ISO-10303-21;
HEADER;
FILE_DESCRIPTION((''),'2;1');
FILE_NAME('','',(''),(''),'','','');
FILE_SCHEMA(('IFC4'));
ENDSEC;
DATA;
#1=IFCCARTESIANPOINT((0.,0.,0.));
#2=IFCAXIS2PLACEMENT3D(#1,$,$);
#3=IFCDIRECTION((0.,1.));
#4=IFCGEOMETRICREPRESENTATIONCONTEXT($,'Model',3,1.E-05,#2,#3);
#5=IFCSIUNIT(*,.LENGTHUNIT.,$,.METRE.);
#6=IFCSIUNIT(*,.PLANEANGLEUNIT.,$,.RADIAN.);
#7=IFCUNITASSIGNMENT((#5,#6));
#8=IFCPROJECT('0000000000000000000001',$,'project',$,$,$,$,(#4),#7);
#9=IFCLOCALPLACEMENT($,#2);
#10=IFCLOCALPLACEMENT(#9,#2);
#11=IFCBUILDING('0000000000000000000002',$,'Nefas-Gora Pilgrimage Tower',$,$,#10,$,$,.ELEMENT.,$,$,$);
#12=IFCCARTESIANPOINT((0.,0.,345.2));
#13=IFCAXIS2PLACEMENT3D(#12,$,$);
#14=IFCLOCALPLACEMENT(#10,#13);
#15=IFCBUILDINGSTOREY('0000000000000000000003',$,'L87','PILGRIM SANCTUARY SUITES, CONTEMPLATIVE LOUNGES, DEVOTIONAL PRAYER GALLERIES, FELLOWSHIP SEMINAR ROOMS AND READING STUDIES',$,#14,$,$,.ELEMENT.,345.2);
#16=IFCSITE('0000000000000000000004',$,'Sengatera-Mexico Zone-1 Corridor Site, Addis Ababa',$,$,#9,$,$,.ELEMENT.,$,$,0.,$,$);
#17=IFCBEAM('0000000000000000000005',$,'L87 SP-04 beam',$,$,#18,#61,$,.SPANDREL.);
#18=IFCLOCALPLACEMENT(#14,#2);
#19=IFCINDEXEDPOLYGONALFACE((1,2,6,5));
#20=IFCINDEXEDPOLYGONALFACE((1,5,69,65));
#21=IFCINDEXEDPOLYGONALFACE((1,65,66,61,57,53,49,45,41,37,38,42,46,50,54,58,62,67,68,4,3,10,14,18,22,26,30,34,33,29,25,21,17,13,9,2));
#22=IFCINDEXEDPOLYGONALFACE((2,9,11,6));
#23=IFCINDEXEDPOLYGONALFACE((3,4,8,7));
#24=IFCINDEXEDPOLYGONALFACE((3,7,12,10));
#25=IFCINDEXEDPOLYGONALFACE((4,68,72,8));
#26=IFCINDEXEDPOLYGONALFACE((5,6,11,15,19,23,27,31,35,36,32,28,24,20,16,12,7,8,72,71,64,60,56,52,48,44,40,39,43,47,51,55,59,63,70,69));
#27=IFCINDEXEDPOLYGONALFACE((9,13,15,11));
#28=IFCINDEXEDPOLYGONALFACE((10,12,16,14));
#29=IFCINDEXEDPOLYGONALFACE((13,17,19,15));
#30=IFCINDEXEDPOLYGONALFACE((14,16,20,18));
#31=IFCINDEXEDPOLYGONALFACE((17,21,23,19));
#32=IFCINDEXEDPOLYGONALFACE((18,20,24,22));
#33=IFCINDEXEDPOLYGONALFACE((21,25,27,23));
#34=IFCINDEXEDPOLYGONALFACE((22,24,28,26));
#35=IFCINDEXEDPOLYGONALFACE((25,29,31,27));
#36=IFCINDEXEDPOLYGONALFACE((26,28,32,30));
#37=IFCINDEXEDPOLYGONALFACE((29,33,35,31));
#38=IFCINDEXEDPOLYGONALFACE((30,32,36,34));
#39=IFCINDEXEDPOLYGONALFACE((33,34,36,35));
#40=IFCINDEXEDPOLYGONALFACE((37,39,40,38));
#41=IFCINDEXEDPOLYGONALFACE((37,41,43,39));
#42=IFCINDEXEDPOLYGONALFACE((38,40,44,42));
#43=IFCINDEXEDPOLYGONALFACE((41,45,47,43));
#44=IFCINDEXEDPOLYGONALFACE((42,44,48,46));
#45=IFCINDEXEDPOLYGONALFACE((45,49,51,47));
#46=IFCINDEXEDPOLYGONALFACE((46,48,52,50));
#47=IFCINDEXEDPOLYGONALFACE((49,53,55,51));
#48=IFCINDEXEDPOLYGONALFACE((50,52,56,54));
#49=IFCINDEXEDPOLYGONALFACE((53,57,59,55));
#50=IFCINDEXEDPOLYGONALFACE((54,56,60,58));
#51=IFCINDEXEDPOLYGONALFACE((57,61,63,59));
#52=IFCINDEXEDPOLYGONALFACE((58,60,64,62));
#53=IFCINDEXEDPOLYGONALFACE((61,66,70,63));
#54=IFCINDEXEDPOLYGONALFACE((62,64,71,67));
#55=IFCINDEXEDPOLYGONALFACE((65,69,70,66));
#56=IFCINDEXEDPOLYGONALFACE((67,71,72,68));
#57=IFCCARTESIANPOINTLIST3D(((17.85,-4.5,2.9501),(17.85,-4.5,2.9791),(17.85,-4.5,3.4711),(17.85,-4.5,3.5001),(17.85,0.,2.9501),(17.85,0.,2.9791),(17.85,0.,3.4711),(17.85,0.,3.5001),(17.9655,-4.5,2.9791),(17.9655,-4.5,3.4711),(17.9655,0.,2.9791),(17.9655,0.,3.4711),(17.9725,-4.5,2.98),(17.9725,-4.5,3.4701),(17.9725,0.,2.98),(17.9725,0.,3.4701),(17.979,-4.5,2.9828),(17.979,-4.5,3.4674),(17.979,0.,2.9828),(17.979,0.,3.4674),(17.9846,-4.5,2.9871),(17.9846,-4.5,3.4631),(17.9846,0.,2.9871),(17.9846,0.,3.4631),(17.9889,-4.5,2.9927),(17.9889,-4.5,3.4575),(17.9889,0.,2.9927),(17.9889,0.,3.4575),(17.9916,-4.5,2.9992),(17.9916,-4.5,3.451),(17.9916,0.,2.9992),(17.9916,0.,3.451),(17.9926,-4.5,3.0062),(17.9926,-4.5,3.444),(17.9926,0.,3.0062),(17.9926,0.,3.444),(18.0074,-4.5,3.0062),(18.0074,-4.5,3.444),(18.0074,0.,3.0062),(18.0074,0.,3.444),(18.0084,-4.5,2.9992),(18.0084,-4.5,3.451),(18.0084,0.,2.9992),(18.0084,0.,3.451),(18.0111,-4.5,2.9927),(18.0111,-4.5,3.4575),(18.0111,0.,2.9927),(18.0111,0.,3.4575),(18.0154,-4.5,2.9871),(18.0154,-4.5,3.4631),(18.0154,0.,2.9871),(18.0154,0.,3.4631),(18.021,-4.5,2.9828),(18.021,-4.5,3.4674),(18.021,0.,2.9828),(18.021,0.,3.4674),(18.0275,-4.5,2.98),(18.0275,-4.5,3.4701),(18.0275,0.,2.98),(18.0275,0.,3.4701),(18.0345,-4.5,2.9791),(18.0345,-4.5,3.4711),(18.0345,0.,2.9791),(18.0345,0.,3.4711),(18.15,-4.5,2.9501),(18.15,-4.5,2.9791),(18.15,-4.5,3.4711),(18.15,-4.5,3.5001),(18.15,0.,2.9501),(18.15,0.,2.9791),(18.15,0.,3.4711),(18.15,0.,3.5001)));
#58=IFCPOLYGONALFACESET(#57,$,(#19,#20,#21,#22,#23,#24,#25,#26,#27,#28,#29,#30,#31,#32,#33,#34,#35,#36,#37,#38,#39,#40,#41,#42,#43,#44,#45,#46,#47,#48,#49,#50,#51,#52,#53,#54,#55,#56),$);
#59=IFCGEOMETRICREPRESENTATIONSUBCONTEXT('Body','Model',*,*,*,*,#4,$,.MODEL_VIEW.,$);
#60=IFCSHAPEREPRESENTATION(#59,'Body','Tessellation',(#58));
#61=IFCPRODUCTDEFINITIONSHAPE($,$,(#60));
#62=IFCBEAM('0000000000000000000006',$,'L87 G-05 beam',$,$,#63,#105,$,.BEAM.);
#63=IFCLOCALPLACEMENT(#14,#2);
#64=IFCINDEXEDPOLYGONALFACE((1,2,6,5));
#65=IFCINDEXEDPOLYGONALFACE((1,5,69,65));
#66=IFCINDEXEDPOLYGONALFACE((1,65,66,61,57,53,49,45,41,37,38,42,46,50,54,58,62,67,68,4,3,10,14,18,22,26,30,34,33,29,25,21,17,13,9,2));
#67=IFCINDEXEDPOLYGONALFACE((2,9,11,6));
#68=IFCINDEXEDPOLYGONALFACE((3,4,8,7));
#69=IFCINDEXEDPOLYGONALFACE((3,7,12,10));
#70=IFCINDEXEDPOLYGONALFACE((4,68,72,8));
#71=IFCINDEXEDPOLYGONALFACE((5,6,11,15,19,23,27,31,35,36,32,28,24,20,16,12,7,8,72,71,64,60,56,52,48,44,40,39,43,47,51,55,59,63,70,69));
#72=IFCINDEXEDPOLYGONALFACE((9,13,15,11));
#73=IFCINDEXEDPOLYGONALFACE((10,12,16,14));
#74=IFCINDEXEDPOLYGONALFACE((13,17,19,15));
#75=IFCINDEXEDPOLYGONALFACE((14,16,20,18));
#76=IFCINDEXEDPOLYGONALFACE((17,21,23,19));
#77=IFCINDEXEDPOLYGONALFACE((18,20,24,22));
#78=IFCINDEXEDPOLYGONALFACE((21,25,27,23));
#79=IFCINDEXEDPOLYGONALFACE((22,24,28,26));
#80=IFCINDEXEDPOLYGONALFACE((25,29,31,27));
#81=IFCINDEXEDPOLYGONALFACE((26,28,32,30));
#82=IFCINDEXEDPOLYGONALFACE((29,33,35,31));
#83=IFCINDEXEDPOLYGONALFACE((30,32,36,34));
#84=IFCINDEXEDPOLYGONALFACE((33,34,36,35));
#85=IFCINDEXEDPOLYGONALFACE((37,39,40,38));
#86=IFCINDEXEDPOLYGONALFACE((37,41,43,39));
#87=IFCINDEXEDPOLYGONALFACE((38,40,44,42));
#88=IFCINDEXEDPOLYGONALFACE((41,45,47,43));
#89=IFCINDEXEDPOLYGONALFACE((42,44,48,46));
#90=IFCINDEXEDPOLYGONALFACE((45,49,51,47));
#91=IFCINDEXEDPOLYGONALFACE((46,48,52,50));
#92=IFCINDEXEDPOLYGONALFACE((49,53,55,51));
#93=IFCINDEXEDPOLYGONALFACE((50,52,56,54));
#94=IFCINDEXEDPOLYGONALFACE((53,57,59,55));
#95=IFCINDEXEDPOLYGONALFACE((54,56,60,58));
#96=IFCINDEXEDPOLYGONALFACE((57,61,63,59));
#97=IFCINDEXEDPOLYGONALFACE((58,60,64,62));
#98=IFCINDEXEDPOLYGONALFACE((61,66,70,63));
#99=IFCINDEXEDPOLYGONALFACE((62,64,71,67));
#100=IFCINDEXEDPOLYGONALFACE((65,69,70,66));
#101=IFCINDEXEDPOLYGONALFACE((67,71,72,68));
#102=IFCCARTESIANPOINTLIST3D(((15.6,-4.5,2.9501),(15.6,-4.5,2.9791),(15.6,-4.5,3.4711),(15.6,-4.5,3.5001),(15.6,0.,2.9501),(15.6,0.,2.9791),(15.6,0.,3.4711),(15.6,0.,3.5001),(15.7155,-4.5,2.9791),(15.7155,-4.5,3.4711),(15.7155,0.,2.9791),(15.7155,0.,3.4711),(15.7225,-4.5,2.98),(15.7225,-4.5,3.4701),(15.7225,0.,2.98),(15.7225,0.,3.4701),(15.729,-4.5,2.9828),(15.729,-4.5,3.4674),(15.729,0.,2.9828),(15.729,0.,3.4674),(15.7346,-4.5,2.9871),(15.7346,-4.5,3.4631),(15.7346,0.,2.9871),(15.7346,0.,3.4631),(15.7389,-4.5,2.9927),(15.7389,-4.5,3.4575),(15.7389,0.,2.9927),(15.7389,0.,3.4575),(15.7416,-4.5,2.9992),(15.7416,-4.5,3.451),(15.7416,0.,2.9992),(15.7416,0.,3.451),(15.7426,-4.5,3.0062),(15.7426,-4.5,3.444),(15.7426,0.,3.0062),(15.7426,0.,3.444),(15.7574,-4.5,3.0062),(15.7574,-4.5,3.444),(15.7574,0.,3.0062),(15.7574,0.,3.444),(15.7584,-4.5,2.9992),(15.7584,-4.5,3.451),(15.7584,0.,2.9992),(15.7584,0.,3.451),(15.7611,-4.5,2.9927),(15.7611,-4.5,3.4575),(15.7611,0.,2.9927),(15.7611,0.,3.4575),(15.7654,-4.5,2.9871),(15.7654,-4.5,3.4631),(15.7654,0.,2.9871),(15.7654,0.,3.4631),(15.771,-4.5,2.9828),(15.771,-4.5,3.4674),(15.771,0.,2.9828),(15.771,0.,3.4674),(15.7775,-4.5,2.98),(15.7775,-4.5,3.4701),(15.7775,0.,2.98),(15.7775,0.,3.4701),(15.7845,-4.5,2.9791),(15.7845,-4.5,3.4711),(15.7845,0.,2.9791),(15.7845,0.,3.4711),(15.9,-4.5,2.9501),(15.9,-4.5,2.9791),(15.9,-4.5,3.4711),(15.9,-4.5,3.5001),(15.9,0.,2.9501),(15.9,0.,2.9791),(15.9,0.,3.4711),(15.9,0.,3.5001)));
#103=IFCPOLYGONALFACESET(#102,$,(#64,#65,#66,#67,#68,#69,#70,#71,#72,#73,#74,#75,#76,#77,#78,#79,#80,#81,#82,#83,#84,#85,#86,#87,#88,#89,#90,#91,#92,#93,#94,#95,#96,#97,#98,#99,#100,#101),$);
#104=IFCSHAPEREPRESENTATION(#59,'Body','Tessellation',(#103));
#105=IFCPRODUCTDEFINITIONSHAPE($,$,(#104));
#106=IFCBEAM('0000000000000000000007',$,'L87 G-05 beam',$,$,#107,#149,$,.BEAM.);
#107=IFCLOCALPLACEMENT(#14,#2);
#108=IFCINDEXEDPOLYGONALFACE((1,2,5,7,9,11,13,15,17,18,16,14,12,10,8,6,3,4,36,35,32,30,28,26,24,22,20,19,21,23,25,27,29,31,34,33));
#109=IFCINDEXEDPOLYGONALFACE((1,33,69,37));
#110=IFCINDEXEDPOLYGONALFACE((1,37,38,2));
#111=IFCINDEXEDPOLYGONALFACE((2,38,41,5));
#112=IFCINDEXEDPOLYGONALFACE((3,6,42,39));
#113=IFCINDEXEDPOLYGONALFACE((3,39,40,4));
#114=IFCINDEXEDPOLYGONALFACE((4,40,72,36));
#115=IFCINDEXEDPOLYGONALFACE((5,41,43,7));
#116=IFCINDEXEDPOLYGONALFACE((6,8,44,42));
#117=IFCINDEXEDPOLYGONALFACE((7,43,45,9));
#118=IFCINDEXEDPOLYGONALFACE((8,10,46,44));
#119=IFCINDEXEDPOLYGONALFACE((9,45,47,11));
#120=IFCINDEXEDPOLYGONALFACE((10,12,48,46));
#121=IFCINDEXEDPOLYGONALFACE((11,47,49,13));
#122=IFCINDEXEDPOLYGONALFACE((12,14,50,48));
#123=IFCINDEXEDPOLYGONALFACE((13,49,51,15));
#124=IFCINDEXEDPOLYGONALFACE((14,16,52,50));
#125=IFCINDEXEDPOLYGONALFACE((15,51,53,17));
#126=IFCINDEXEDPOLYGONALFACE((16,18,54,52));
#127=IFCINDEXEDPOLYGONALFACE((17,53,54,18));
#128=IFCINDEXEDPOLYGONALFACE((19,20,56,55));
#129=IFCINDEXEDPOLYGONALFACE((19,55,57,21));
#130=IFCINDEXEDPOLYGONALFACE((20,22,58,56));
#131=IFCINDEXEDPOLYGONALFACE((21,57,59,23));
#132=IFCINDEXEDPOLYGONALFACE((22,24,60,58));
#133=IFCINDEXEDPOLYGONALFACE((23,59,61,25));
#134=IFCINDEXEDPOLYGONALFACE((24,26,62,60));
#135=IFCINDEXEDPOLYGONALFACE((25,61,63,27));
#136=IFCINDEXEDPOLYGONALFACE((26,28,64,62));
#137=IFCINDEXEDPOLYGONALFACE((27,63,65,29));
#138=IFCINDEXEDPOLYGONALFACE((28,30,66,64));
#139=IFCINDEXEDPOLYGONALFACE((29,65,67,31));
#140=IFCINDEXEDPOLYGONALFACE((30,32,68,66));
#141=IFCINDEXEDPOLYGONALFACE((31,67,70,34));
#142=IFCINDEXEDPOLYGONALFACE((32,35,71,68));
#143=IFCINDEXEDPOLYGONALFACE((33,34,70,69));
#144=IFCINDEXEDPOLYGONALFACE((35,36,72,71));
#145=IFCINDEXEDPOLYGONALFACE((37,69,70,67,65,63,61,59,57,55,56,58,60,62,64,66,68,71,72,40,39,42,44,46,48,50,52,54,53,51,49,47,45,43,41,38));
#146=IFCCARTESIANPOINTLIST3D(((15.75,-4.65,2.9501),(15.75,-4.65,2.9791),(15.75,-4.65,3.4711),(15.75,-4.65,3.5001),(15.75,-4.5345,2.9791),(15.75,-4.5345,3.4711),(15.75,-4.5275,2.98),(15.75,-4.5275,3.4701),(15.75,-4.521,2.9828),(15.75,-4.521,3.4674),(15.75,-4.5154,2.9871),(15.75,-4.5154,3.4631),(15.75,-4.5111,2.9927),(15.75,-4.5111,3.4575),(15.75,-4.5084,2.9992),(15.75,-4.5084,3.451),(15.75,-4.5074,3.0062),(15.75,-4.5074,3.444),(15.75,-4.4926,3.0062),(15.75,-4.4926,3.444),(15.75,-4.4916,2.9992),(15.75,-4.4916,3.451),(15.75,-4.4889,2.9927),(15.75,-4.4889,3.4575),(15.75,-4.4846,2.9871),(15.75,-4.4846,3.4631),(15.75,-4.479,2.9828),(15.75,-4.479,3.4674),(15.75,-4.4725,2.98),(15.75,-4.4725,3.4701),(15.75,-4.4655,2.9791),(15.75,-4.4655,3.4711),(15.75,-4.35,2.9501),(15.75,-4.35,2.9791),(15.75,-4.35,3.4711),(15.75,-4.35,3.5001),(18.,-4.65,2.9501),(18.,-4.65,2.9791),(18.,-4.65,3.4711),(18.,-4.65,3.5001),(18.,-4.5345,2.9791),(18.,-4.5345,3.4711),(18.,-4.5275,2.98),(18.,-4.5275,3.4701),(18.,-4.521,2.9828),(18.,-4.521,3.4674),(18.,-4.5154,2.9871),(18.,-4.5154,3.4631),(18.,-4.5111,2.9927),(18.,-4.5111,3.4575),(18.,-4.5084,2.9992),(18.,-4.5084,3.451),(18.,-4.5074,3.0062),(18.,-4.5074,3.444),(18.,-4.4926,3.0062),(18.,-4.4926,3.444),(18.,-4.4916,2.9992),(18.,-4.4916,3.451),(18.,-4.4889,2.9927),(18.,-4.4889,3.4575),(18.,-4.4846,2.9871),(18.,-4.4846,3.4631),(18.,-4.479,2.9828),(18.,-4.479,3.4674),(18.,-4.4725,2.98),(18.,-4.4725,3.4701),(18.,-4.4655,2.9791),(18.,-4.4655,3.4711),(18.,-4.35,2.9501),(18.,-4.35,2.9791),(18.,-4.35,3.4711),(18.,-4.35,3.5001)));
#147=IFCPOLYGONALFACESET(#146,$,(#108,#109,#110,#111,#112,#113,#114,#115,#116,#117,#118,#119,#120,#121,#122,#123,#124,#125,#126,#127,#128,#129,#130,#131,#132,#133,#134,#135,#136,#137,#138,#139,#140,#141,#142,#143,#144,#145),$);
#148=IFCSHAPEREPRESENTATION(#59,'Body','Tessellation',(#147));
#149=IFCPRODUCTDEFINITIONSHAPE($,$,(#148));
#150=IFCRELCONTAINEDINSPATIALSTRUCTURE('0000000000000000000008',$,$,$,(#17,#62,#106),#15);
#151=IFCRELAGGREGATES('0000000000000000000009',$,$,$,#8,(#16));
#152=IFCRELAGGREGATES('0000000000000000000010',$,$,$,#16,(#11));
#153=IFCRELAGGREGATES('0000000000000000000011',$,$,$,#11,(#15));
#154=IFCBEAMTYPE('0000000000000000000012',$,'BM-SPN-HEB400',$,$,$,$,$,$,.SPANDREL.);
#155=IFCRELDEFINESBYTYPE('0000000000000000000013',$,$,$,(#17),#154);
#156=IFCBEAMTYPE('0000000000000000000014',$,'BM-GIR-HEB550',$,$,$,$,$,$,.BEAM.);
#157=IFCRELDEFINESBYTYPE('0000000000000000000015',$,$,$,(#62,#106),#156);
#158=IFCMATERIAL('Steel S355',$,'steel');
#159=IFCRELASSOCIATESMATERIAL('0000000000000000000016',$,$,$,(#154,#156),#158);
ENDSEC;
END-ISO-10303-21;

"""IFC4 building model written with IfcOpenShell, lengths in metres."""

from ifc_helpers import new_model, si_unit, direction, frame, origin, origin_2d, place, context, subcontext, project, spatial, i_section, extrude, source, transform, mapped, material, material_profile, profile_set, type_object, element, save


model = new_model("IFC4")

# Units and contexts
model_context = context("Model", 3, precision=1e-05, world=origin(), true_north=direction((0.0, 1.0)))
body_context = subcontext(model_context, "Body", "Model", "MODEL_VIEW")
ifc_project = project(units=[si_unit("LENGTHUNIT", "METRE"), si_unit("PLANEANGLEUNIT", "RADIAN")], contexts=[model_context])

# Site, building, storey
site_placement = place(None, origin())
site = spatial("IfcSite", under=ifc_project, at=site_placement, Name="Sengatera-Mexico Zone-1 Corridor Site, Addis Ababa", CompositionType="ELEMENT", RefElevation=0.0)
building_placement = place(site_placement, origin())
building = spatial("IfcBuilding", under=site, at=building_placement, Name="Nefas-Gora Pilgrimage Tower", CompositionType="ELEMENT")
storey_placement = place(building_placement, frame((0.0, 0.0, 345.2)))
storey = spatial("IfcBuildingStorey", under=building, at=storey_placement, Name="L87", Description="PILGRIM SANCTUARY SUITES, CONTEMPLATIVE LOUNGES, DEVOTIONAL PRAYER GALLERIES, FELLOWSHIP SEMINAR ROOMS AND READING STUDIES", CompositionType="ELEMENT", Elevation=345.2)

# Shared definitions
ifc_material_1 = material(Name="Steel S355", Category="steel")

# Beams
ifc_material_profile_1 = material_profile(ifc_material_1, i_section(OverallWidth=0.3, OverallDepth=0.55, WebThickness=0.0149, FlangeThickness=0.0291, FilletRadius=0.0271, at=origin_2d()), Name="HEB 550")
ifc_profile_set_1 = profile_set([ifc_material_profile_1], Name="Steel S355")
beam_type_1 = type_object("IfcBeamType", Name="BM-SPN-HEB400", PredefinedType="SPANDREL", material=ifc_profile_set_1)
shared_shape_1 = source(origin(), body_context, "Body", "SweptSolid", [
    extrude(i_section(OverallWidth=0.3, OverallDepth=0.55, WebThickness=0.0149, FlangeThickness=0.0291, FilletRadius=0.0271, at=origin_2d()), origin(), (0.0, 0.0, 1.0), 4.5),
])
beam_1_placement = place(storey_placement, frame((18.0, -4.5, 3.2251), z_axis=(0.0, 1.0, 0.0), x_axis=(-1.0, 0.0, 0.0)))
element("IfcBeam", 1, at=beam_1_placement, inside=storey, type_object=beam_type_1, Name="L87 SP-04 beam", PredefinedType="SPANDREL", context=body_context, shape_type="MappedRepresentation", body=[
    mapped(shared_shape_1, transform((0.0, 0.0, 0.0), x_axis=(1.0, 0.0, 0.0), y_axis=(0.0, 1.0, 0.0), z_axis=(0.0, 0.0, 1.0), scale=1.0)),
])
ifc_material_profile_2 = material_profile(ifc_material_1, i_section(OverallWidth=0.3, OverallDepth=0.55, WebThickness=0.0149, FlangeThickness=0.0291, FilletRadius=0.0271, at=origin_2d()), Name="HEB 550")
ifc_profile_set_2 = profile_set([ifc_material_profile_2], Name="Steel S355")
beam_type_2 = type_object("IfcBeamType", Name="BM-GIR-HEB550", PredefinedType="BEAM", material=ifc_profile_set_2)
shared_shape_2 = source(origin(), body_context, "Body", "SweptSolid", [
    extrude(i_section(OverallWidth=0.3, OverallDepth=0.55, WebThickness=0.0149, FlangeThickness=0.0291, FilletRadius=0.0271, at=origin_2d()), origin(), (0.0, 0.0, 1.0), 4.5),
])
beam_2_placement = place(storey_placement, frame((15.75, -4.5, 3.2251), z_axis=(0.0, 1.0, 0.0), x_axis=(-1.0, 0.0, 0.0)))
element("IfcBeam", 2, at=beam_2_placement, inside=storey, type_object=beam_type_2, Name="L87 G-05 beam", PredefinedType="BEAM", context=body_context, shape_type="MappedRepresentation", body=[
    mapped(shared_shape_2, transform((0.0, 0.0, 0.0), x_axis=(1.0, 0.0, 0.0), y_axis=(0.0, 1.0, 0.0), z_axis=(0.0, 0.0, 1.0), scale=1.0)),
])
shared_shape_3 = source(origin(), body_context, "Body", "SweptSolid", [
    extrude(i_section(OverallWidth=0.3, OverallDepth=0.55, WebThickness=0.0149, FlangeThickness=0.0291, FilletRadius=0.0271, at=origin_2d()), origin(), (0.0, 0.0, 1.0), 2.25),
])
beam_3_placement = place(storey_placement, frame((15.75, -4.5, 3.2251), z_axis=(1.0, 0.0, 0.0), x_axis=(0.0, 1.0, 0.0)))
element("IfcBeam", 3, at=beam_3_placement, inside=storey, type_object=beam_type_2, Name="L87 G-05 beam", PredefinedType="BEAM", context=body_context, shape_type="MappedRepresentation", body=[
    mapped(shared_shape_3, transform((0.0, 0.0, 0.0), x_axis=(1.0, 0.0, 0.0), y_axis=(0.0, 1.0, 0.0), z_axis=(0.0, 0.0, 1.0), scale=1.0)),
])

save(model, "model.ifc")
